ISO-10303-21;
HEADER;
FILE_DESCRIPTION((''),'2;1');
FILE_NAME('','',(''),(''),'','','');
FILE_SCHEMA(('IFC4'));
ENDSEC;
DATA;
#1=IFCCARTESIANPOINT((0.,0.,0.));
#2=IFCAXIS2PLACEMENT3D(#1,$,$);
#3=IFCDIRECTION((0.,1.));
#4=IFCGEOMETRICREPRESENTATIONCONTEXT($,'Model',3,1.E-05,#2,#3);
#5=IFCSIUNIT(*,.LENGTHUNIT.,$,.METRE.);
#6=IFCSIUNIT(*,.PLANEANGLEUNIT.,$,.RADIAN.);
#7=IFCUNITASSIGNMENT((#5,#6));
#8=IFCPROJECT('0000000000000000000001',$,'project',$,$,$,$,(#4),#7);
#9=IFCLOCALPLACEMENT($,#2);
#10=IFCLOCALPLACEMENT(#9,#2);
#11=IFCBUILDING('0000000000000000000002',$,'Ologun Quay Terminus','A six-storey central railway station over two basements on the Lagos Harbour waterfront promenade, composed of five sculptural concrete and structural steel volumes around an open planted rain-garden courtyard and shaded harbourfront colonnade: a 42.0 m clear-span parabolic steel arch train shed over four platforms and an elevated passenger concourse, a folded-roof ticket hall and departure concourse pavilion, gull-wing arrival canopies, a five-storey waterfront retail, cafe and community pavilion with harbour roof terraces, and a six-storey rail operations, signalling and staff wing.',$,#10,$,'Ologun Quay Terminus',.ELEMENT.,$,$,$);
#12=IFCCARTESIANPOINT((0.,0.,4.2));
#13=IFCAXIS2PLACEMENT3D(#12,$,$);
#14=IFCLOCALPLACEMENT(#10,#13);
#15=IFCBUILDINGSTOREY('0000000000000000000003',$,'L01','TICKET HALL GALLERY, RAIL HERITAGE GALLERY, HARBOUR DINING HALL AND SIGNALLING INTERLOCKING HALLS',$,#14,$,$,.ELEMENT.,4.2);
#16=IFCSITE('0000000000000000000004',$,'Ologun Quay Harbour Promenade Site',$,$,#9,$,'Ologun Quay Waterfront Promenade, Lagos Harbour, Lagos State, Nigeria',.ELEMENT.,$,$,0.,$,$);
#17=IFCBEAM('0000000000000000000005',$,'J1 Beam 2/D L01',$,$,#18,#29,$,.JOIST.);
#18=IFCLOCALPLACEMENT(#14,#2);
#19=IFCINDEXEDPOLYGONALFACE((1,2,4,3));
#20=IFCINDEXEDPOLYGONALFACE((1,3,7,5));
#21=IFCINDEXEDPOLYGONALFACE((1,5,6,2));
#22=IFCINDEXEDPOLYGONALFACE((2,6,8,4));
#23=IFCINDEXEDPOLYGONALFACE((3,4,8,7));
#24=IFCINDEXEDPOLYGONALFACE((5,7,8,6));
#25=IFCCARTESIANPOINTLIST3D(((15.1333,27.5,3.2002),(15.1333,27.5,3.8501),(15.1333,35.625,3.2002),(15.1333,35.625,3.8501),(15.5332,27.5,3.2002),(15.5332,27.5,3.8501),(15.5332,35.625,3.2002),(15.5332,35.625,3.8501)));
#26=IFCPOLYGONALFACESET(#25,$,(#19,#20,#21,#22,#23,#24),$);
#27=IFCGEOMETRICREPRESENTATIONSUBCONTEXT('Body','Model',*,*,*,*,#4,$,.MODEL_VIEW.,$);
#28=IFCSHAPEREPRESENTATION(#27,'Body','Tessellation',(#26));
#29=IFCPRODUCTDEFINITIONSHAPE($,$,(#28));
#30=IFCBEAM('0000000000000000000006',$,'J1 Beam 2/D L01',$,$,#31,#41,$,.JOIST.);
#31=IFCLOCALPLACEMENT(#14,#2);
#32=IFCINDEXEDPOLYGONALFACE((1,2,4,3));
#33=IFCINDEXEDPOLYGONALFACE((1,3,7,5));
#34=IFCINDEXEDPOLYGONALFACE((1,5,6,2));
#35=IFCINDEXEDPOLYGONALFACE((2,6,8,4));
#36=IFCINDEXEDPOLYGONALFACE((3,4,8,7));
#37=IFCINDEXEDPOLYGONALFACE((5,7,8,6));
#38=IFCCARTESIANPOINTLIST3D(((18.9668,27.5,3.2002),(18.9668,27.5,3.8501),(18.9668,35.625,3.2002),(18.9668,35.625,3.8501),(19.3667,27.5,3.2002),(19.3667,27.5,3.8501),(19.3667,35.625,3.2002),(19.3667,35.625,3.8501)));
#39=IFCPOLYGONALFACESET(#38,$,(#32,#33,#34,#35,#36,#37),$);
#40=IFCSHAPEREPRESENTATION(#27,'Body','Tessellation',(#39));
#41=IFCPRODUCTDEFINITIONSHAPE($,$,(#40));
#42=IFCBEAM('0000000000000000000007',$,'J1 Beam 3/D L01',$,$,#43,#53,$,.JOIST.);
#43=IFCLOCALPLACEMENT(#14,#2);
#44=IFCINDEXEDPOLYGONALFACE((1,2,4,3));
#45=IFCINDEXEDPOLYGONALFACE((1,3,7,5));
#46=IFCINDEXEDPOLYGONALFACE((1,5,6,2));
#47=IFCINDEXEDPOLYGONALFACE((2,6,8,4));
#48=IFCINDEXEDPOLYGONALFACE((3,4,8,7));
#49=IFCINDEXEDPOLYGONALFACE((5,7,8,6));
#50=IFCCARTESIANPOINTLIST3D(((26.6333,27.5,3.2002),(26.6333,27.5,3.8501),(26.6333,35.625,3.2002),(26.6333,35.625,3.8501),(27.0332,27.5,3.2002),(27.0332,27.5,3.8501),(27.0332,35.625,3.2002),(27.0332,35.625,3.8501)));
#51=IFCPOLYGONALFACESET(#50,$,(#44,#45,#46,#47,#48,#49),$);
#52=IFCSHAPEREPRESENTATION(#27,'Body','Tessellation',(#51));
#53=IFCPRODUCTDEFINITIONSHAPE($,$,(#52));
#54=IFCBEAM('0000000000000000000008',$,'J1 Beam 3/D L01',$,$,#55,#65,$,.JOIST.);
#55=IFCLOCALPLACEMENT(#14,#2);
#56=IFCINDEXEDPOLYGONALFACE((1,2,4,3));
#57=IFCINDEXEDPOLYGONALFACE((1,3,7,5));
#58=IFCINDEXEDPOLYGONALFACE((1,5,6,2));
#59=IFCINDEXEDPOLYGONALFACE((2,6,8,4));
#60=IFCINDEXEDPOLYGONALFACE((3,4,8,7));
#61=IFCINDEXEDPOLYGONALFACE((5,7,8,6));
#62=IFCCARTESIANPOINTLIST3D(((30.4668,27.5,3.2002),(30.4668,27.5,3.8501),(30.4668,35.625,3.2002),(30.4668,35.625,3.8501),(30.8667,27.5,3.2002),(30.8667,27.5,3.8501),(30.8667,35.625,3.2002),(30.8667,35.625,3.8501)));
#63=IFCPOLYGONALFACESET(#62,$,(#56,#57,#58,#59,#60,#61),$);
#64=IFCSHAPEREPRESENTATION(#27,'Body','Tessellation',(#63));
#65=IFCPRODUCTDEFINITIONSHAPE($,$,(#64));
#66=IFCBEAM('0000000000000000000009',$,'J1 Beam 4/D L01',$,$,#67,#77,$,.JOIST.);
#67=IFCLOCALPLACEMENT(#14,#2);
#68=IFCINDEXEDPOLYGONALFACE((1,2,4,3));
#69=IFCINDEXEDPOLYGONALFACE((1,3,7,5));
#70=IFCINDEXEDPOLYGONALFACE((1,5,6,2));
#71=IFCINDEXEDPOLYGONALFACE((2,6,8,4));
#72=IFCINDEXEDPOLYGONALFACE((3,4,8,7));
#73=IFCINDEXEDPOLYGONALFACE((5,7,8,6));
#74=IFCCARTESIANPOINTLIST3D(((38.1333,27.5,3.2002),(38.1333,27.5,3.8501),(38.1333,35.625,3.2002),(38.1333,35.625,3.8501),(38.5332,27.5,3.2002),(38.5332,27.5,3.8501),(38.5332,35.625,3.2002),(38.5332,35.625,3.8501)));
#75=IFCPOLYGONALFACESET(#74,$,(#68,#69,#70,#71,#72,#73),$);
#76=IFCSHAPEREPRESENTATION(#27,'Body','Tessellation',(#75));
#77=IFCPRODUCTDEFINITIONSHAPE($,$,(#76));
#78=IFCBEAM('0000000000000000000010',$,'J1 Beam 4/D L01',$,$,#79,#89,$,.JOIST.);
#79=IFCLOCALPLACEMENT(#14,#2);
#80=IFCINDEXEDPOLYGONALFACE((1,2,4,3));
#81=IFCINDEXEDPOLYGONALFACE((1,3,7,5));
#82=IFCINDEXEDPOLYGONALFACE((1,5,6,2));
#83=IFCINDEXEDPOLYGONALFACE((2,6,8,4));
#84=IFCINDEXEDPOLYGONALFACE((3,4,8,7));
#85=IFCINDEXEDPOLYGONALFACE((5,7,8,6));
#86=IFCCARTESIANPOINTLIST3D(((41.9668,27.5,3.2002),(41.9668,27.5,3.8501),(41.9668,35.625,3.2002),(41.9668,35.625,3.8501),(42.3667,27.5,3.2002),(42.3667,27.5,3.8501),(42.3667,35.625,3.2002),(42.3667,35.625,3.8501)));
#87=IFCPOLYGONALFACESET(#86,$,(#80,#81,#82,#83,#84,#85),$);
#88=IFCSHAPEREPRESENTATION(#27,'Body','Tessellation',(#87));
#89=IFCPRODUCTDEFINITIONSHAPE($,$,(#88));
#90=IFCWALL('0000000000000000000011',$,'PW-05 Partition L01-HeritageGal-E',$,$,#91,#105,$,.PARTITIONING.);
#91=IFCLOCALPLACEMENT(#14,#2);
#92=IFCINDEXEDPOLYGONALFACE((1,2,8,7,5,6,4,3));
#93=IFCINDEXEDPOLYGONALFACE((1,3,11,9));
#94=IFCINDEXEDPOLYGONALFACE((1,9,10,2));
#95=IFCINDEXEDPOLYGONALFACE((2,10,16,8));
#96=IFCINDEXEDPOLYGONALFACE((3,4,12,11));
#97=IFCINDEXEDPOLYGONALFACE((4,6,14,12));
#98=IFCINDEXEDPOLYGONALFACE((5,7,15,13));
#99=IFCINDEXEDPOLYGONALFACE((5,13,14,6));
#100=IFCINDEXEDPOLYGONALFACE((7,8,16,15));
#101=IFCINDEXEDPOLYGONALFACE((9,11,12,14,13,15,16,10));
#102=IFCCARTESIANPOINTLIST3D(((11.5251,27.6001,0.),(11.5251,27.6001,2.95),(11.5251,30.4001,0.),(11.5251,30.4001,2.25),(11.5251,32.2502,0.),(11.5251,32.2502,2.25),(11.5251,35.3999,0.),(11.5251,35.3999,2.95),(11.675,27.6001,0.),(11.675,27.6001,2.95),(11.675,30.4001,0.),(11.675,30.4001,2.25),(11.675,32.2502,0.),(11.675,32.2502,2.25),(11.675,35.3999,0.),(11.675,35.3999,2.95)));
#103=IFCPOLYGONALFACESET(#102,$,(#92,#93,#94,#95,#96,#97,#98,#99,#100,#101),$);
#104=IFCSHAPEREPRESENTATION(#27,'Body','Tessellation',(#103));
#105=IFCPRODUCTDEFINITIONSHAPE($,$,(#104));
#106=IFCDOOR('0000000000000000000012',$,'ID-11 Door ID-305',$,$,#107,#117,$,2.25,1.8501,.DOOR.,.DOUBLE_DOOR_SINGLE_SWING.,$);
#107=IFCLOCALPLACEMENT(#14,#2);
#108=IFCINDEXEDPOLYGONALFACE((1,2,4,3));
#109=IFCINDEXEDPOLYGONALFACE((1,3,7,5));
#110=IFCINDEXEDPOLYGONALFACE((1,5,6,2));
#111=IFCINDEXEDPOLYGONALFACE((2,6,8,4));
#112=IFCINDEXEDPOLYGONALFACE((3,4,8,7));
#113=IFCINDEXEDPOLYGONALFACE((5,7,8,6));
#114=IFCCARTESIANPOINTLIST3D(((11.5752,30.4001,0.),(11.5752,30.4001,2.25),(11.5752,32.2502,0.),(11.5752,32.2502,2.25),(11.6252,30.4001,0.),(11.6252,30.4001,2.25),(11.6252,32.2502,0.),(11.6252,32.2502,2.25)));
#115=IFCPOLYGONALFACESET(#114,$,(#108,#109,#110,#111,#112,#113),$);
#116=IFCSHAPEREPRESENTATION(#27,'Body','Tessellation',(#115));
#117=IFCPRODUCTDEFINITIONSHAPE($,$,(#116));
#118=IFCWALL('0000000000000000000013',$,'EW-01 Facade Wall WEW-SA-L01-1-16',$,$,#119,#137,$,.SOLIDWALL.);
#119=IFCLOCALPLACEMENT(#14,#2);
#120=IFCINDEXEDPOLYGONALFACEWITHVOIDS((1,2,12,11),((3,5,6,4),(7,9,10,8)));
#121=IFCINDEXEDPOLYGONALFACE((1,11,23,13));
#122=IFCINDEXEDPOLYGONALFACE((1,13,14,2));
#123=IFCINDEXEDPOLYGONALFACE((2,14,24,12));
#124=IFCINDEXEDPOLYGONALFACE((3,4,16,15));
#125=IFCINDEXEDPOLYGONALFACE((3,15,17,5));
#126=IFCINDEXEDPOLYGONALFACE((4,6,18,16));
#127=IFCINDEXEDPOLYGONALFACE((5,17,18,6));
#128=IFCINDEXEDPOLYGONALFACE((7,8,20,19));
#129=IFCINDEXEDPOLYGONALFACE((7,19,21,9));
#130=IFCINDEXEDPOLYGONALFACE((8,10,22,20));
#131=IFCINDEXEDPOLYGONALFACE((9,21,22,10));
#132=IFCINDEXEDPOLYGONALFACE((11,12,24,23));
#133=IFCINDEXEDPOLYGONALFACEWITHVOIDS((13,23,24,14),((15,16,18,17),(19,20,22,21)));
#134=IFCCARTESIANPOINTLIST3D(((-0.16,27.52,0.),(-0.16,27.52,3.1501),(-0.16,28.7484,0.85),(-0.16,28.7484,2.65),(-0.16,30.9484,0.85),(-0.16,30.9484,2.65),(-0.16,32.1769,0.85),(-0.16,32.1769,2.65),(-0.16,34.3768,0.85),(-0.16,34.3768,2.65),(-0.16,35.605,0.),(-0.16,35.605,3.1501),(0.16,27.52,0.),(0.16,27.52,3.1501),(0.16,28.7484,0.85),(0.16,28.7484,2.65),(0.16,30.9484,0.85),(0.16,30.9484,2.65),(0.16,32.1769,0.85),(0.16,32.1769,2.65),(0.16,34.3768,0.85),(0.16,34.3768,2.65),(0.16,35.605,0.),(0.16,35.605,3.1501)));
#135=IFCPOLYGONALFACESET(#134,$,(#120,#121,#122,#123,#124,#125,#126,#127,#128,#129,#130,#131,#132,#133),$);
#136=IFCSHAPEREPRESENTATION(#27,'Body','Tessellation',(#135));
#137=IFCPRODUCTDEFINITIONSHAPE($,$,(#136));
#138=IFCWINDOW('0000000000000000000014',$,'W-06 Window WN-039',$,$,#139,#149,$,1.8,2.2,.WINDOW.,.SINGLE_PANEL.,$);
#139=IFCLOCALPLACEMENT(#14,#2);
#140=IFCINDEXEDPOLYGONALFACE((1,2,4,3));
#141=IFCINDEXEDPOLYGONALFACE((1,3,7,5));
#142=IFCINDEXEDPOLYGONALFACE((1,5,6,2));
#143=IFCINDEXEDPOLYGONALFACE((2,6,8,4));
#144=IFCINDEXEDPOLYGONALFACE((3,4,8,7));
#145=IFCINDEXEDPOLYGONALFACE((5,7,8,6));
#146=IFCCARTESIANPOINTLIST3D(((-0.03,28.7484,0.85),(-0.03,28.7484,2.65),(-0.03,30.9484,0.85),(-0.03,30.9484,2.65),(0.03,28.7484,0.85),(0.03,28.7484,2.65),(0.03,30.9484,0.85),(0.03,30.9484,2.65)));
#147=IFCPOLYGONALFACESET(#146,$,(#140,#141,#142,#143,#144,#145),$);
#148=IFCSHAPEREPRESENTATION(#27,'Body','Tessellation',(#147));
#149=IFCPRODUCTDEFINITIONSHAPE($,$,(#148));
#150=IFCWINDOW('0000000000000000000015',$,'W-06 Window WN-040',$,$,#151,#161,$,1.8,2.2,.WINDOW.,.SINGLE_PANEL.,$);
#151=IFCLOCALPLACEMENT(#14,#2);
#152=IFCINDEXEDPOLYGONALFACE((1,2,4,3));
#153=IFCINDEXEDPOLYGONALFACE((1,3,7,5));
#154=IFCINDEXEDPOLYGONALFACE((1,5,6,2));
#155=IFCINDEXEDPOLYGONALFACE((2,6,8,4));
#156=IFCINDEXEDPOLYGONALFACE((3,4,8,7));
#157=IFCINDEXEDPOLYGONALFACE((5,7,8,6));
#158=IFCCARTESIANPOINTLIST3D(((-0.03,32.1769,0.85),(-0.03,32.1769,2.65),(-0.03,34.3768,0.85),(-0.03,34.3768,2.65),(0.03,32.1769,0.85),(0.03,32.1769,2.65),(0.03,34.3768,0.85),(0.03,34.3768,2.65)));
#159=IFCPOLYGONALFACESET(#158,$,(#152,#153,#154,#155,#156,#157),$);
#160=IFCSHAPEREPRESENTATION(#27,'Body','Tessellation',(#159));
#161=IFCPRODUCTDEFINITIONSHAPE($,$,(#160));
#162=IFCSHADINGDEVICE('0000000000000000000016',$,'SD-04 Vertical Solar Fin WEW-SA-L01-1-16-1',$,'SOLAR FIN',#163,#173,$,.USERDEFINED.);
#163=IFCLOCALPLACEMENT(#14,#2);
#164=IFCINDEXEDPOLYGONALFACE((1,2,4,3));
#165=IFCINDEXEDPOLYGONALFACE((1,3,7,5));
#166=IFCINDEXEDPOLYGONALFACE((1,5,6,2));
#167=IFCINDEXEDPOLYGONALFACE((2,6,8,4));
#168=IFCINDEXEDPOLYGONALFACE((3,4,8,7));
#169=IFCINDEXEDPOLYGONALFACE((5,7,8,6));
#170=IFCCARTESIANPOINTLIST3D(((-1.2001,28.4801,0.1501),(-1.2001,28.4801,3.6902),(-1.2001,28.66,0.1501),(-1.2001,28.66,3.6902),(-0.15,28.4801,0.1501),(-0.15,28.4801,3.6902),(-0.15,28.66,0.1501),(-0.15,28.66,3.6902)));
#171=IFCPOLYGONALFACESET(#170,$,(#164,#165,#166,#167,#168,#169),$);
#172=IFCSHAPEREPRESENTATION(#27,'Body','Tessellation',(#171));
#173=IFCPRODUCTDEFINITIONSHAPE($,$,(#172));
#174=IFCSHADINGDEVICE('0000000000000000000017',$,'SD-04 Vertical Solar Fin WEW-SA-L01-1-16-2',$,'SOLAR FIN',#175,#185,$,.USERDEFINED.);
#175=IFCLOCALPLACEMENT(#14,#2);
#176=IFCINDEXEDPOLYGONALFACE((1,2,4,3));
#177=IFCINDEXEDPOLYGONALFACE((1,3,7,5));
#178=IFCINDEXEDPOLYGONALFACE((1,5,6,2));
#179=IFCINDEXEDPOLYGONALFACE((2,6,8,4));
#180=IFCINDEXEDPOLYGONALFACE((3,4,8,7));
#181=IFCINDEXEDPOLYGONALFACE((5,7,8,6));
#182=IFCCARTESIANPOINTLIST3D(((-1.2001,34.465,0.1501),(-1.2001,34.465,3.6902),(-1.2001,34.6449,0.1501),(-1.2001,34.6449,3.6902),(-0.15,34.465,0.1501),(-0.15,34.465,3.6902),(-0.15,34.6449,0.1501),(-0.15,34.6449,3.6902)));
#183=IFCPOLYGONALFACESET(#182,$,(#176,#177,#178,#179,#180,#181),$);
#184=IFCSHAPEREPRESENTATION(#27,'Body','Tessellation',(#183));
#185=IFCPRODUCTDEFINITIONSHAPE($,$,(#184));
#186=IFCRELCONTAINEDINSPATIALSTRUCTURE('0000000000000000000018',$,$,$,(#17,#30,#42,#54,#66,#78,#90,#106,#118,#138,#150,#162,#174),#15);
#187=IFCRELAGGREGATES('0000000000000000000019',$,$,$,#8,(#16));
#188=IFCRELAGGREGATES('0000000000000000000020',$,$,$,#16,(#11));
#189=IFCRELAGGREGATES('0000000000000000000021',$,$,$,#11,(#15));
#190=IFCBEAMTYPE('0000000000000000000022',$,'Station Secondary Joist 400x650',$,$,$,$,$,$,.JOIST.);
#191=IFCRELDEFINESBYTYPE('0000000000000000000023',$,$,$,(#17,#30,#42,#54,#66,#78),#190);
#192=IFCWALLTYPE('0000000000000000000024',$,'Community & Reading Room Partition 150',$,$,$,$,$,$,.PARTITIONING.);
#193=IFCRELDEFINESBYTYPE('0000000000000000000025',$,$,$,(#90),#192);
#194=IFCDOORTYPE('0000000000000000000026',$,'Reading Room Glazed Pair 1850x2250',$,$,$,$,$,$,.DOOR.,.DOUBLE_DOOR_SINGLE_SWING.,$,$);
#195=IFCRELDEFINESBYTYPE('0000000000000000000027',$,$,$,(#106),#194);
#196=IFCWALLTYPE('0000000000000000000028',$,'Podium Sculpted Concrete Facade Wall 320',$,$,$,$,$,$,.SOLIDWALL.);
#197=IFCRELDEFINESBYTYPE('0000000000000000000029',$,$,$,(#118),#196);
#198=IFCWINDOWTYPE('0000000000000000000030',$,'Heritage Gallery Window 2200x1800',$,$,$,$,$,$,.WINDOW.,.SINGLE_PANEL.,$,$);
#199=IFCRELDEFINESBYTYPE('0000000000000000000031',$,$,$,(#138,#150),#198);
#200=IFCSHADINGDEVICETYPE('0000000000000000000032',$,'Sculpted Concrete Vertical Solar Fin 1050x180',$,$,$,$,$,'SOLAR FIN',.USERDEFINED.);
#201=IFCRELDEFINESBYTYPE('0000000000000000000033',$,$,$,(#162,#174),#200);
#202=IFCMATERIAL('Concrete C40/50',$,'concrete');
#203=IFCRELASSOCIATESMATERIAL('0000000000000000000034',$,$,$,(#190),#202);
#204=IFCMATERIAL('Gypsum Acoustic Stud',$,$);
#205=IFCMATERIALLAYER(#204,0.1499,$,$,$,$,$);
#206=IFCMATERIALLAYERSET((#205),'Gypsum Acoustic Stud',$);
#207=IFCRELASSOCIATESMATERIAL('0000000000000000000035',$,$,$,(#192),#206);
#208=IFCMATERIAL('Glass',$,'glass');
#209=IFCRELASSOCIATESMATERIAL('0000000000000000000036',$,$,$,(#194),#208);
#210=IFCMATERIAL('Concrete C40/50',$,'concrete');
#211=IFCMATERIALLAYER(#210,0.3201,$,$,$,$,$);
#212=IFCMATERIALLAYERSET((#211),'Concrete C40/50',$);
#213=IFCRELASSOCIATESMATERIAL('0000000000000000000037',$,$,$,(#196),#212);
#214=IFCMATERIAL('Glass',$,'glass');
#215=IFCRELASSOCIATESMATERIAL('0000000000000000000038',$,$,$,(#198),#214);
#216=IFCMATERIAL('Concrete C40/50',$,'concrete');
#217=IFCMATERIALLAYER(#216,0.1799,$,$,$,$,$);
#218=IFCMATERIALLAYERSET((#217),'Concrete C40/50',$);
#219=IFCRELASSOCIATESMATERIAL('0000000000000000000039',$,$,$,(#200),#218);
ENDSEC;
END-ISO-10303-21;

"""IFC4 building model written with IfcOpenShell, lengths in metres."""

from ifc_helpers import new_model, si_unit, direction, frame, frame_2d, origin, origin_2d, place, context, subcontext, project, spatial, rectangle, extrude, material, layer, layer_set, material_profile, profile_set, type_object, element, fill, save


model = new_model("IFC4")

# Units and contexts
model_context = context("Model", 3, precision=1e-05, world=origin(), true_north=direction((0.0, 1.0)))
body_context = subcontext(model_context, "Body", "Model", "MODEL_VIEW")
ifc_project = project(units=[si_unit("LENGTHUNIT", "METRE"), si_unit("PLANEANGLEUNIT", "RADIAN")], contexts=[model_context])

# Site, building, storey
site_placement = place(None, origin())
site = spatial("IfcSite", under=ifc_project, at=site_placement, Name="Ologun Quay Harbour Promenade Site", LongName="Ologun Quay Waterfront Promenade, Lagos Harbour, Lagos State, Nigeria", CompositionType="ELEMENT", RefElevation=0.0)
building_placement = place(site_placement, origin())
building = spatial("IfcBuilding", under=site, at=building_placement, Name="Ologun Quay Terminus", Description="A six-storey central railway station over two basements on the Lagos Harbour waterfront promenade, composed of five sculptural concrete and structural steel volumes around an open planted rain-garden courtyard and shaded harbourfront colonnade: a 42.0 m clear-span parabolic steel arch train shed over four platforms and an elevated passenger concourse, a folded-roof ticket hall and departure concourse pavilion, gull-wing arrival canopies, a five-storey waterfront retail, cafe and community pavilion with harbour roof terraces, and a six-storey rail operations, signalling and staff wing.", LongName="Ologun Quay Terminus", CompositionType="ELEMENT")
storey_placement = place(building_placement, frame((0.0, 0.0, 4.2)))
storey = spatial("IfcBuildingStorey", under=building, at=storey_placement, Name="L01", Description="TICKET HALL GALLERY, RAIL HERITAGE GALLERY, HARBOUR DINING HALL AND SIGNALLING INTERLOCKING HALLS", CompositionType="ELEMENT", Elevation=4.2)

# Beams
ifc_material_1 = material(Name="Concrete C40/50", Category="concrete")
ifc_material_profile_1 = material_profile(ifc_material_1, rectangle(XDim=0.3999, YDim=0.6499, at=origin_2d()), Name="RC 400x650")
ifc_profile_set_1 = profile_set([ifc_material_profile_1], Name="Concrete C40/50")
beam_type_1 = type_object("IfcBeamType", Name="Station Secondary Joist 400x650", PredefinedType="JOIST", material=ifc_profile_set_1)
for number, where, z_axis, x_axis, name in (
    (1, (15.3333, 27.5, 3.5251), (0.0, 1.0, 0.0), (-1.0, 0.0, 0.0), "J1 Beam 2/D L01"),
    (2, (19.1667, 27.5, 3.5251), (0.0, 1.0, 0.0), (-1.0, 0.0, 0.0), "J1 Beam 2/D L01"),
    (3, (26.8333, 27.5, 3.5251), (0.0, 1.0, 0.0), (-1.0, 0.0, 0.0), "J1 Beam 3/D L01"),
    (4, (30.6667, 27.5, 3.5251), (0.0, 1.0, 0.0), (-1.0, 0.0, 0.0), "J1 Beam 3/D L01"),
    (5, (38.3333, 27.5, 3.5251), (0.0, 1.0, 0.0), (-1.0, 0.0, 0.0), "J1 Beam 4/D L01"),
    (6, (42.1667, 27.5, 3.5251), (0.0, 1.0, 0.0), (-1.0, 0.0, 0.0), "J1 Beam 4/D L01"),
):
    element("IfcBeam", number, at=place(storey_placement, frame(where, z_axis=z_axis, x_axis=x_axis)), inside=storey, type_object=beam_type_1, Name=name, PredefinedType="JOIST", context=body_context, shape_type="SweptSolid", body=[
        extrude(rectangle(XDim=0.3999, YDim=0.6499, at=origin_2d()), origin(), (0.0, 0.0, 1.0), 8.125),
    ])

# Wall, opening, door
ifc_material_2 = material(Name="Gypsum Acoustic Stud")
ifc_layer_1 = layer(ifc_material_2, 0.1499)
ifc_layer_set_1 = layer_set([ifc_layer_1], Name="Gypsum Acoustic Stud")
wall_type_1 = type_object("IfcWallType", Name="Community & Reading Room Partition 150", PredefinedType="PARTITIONING", material=ifc_layer_set_1)
wall_1_placement = place(storey_placement, frame((11.6001, 27.6001, 0.0), z_axis=(0.0, 0.0, 1.0), x_axis=(0.0, 1.0, 0.0)))
wall_1 = element("IfcWall", 7, at=wall_1_placement, inside=storey, type_object=wall_type_1, Name="PW-05 Partition L01-HeritageGal-E", PredefinedType="PARTITIONING", context=body_context, shape_type="SweptSolid", body=[
    extrude(rectangle(XDim=7.7998, YDim=0.1499, at=frame_2d((3.8999, 0.0))), origin(), (0.0, 0.0, 1.0), 2.95),
])
opening_1_placement = place(wall_1_placement, frame((2.8, 0.0, 0.0)))
opening_1 = element("IfcOpeningElement", 8, at=opening_1_placement, cuts=wall_1, PredefinedType="OPENING", context=body_context, shape_type="SweptSolid", body=[
    extrude(rectangle(XDim=1.8501, YDim=2.25, at=frame_2d((0.925, 1.125))), frame((0.0, 0.085, 0.0), z_axis=(0.0, -1.0, 0.0), x_axis=(1.0, 0.0, 0.0)), (0.0, 0.0, 1.0), 0.1699),
])
ifc_material_3 = material(Name="Glass", Category="glass")
door_type = type_object("IfcDoorType", Name="Reading Room Glazed Pair 1850x2250", OperationType="DOUBLE_DOOR_SINGLE_SWING", PredefinedType="DOOR", material=ifc_material_3)
door_placement = place(opening_1_placement, origin())
door = element("IfcDoor", 9, at=door_placement, inside=storey, type_object=door_type, Name="ID-11 Door ID-305", OperationType="DOUBLE_DOOR_SINGLE_SWING", OverallHeight=2.25, OverallWidth=1.8501, PredefinedType="DOOR", context=body_context, shape_type="SweptSolid", body=[
    extrude(rectangle(XDim=1.8501, YDim=2.25, at=frame_2d((0.925, 1.125))), frame((0.0, 0.0249, 0.0), z_axis=(0.0, -1.0, 0.0), x_axis=(1.0, 0.0, 0.0)), (0.0, 0.0, 1.0), 0.05),
])
fill(opening_1, door)

# Wall, openings, windows
ifc_material_4 = material(Name="Concrete C40/50", Category="concrete")
ifc_layer_2 = layer(ifc_material_4, 0.3201)
ifc_layer_set_2 = layer_set([ifc_layer_2], Name="Concrete C40/50")
wall_type_2 = type_object("IfcWallType", Name="Podium Sculpted Concrete Facade Wall 320", PredefinedType="SOLIDWALL", material=ifc_layer_set_2)
wall_2_placement = place(storey_placement, frame((0.0, 27.52, 0.0), z_axis=(0.0, 0.0, 1.0), x_axis=(0.0, 1.0, 0.0)))
wall_2 = element("IfcWall", 10, at=wall_2_placement, inside=storey, type_object=wall_type_2, Name="EW-01 Facade Wall WEW-SA-L01-1-16", PredefinedType="SOLIDWALL", context=body_context, shape_type="SweptSolid", body=[
    extrude(rectangle(XDim=8.085, YDim=0.3201, at=frame_2d((4.0425, 0.0))), origin(), (0.0, 0.0, 1.0), 3.1501),
])
opening_2_placement = place(wall_2_placement, frame((1.2283, 0.0, 0.8501)))
opening_2 = element("IfcOpeningElement", 11, at=opening_2_placement, cuts=wall_2, PredefinedType="OPENING", context=body_context, shape_type="SweptSolid", body=[
    extrude(rectangle(XDim=2.2, YDim=1.8, at=frame_2d((1.1001, 0.8999))), frame((0.0, 0.1699, 0.0), z_axis=(0.0, -1.0, 0.0), x_axis=(1.0, 0.0, 0.0)), (0.0, 0.0, 1.0), 0.3401),
])
opening_3_placement = place(wall_2_placement, frame((4.6567, 0.0, 0.8501)))
opening_3 = element("IfcOpeningElement", 12, at=opening_3_placement, cuts=wall_2, PredefinedType="OPENING", context=body_context, shape_type="SweptSolid", body=[
    extrude(rectangle(XDim=2.2, YDim=1.8, at=frame_2d((1.1001, 0.8999))), frame((0.0, 0.1699, 0.0), z_axis=(0.0, -1.0, 0.0), x_axis=(1.0, 0.0, 0.0)), (0.0, 0.0, 1.0), 0.3401),
])
ifc_material_5 = material(Name="Glass", Category="glass")
window_type = type_object("IfcWindowType", Name="Heritage Gallery Window 2200x1800", PartitioningType="SINGLE_PANEL", PredefinedType="WINDOW", material=ifc_material_5)
window_1_placement = place(opening_2_placement, origin())
window_1 = element("IfcWindow", 13, at=window_1_placement, inside=storey, type_object=window_type, Name="W-06 Window WN-039", OverallHeight=1.8, OverallWidth=2.2, PartitioningType="SINGLE_PANEL", PredefinedType="WINDOW", context=body_context, shape_type="SweptSolid", body=[
    extrude(rectangle(XDim=2.2, YDim=1.8, at=frame_2d((1.1001, 0.8999))), frame((0.0, 0.03, 0.0), z_axis=(0.0, -1.0, 0.0), x_axis=(1.0, 0.0, 0.0)), (0.0, 0.0, 1.0), 0.0601),
])
fill(opening_2, window_1)
window_2_placement = place(opening_3_placement, origin())
window_2 = element("IfcWindow", 14, at=window_2_placement, inside=storey, type_object=window_type, Name="W-06 Window WN-040", OverallHeight=1.8, OverallWidth=2.2, PartitioningType="SINGLE_PANEL", PredefinedType="WINDOW", context=body_context, shape_type="SweptSolid", body=[
    extrude(rectangle(XDim=2.2, YDim=1.8, at=frame_2d((1.1001, 0.8999))), frame((0.0, 0.03, 0.0), z_axis=(0.0, -1.0, 0.0), x_axis=(1.0, 0.0, 0.0)), (0.0, 0.0, 1.0), 0.0601),
])
fill(opening_3, window_2)

# Shading devices
ifc_material_6 = material(Name="Concrete C40/50", Category="concrete")
ifc_layer_3 = layer(ifc_material_6, 0.1799)
ifc_layer_set_3 = layer_set([ifc_layer_3], Name="Concrete C40/50")
shading_device_type = type_object("IfcShadingDeviceType", Name="Sculpted Concrete Vertical Solar Fin 1050x180", ElementType="SOLAR FIN", PredefinedType="USERDEFINED", material=ifc_layer_set_3)
for number, where, z_axis, x_axis, name in (
    (15, (-0.675, 28.5701, 0.1501), (0.0, 0.0, 1.0), (1.0, 0.0, 0.0), "SD-04 Vertical Solar Fin WEW-SA-L01-1-16-1"),
    (16, (-0.675, 34.5549, 0.1501), (0.0, 0.0, 1.0), (1.0, 0.0, 0.0), "SD-04 Vertical Solar Fin WEW-SA-L01-1-16-2"),
):
    element("IfcShadingDevice", number, at=place(storey_placement, frame(where, z_axis=z_axis, x_axis=x_axis)), inside=storey, type_object=shading_device_type, Name=name, ObjectType="SOLAR FIN", PredefinedType="USERDEFINED", context=body_context, shape_type="SweptSolid", body=[
        extrude(rectangle(XDim=1.05, YDim=0.1799, at=origin_2d()), origin(), (0.0, 0.0, 1.0), 3.54),
    ])

save(model, "model.ifc")
